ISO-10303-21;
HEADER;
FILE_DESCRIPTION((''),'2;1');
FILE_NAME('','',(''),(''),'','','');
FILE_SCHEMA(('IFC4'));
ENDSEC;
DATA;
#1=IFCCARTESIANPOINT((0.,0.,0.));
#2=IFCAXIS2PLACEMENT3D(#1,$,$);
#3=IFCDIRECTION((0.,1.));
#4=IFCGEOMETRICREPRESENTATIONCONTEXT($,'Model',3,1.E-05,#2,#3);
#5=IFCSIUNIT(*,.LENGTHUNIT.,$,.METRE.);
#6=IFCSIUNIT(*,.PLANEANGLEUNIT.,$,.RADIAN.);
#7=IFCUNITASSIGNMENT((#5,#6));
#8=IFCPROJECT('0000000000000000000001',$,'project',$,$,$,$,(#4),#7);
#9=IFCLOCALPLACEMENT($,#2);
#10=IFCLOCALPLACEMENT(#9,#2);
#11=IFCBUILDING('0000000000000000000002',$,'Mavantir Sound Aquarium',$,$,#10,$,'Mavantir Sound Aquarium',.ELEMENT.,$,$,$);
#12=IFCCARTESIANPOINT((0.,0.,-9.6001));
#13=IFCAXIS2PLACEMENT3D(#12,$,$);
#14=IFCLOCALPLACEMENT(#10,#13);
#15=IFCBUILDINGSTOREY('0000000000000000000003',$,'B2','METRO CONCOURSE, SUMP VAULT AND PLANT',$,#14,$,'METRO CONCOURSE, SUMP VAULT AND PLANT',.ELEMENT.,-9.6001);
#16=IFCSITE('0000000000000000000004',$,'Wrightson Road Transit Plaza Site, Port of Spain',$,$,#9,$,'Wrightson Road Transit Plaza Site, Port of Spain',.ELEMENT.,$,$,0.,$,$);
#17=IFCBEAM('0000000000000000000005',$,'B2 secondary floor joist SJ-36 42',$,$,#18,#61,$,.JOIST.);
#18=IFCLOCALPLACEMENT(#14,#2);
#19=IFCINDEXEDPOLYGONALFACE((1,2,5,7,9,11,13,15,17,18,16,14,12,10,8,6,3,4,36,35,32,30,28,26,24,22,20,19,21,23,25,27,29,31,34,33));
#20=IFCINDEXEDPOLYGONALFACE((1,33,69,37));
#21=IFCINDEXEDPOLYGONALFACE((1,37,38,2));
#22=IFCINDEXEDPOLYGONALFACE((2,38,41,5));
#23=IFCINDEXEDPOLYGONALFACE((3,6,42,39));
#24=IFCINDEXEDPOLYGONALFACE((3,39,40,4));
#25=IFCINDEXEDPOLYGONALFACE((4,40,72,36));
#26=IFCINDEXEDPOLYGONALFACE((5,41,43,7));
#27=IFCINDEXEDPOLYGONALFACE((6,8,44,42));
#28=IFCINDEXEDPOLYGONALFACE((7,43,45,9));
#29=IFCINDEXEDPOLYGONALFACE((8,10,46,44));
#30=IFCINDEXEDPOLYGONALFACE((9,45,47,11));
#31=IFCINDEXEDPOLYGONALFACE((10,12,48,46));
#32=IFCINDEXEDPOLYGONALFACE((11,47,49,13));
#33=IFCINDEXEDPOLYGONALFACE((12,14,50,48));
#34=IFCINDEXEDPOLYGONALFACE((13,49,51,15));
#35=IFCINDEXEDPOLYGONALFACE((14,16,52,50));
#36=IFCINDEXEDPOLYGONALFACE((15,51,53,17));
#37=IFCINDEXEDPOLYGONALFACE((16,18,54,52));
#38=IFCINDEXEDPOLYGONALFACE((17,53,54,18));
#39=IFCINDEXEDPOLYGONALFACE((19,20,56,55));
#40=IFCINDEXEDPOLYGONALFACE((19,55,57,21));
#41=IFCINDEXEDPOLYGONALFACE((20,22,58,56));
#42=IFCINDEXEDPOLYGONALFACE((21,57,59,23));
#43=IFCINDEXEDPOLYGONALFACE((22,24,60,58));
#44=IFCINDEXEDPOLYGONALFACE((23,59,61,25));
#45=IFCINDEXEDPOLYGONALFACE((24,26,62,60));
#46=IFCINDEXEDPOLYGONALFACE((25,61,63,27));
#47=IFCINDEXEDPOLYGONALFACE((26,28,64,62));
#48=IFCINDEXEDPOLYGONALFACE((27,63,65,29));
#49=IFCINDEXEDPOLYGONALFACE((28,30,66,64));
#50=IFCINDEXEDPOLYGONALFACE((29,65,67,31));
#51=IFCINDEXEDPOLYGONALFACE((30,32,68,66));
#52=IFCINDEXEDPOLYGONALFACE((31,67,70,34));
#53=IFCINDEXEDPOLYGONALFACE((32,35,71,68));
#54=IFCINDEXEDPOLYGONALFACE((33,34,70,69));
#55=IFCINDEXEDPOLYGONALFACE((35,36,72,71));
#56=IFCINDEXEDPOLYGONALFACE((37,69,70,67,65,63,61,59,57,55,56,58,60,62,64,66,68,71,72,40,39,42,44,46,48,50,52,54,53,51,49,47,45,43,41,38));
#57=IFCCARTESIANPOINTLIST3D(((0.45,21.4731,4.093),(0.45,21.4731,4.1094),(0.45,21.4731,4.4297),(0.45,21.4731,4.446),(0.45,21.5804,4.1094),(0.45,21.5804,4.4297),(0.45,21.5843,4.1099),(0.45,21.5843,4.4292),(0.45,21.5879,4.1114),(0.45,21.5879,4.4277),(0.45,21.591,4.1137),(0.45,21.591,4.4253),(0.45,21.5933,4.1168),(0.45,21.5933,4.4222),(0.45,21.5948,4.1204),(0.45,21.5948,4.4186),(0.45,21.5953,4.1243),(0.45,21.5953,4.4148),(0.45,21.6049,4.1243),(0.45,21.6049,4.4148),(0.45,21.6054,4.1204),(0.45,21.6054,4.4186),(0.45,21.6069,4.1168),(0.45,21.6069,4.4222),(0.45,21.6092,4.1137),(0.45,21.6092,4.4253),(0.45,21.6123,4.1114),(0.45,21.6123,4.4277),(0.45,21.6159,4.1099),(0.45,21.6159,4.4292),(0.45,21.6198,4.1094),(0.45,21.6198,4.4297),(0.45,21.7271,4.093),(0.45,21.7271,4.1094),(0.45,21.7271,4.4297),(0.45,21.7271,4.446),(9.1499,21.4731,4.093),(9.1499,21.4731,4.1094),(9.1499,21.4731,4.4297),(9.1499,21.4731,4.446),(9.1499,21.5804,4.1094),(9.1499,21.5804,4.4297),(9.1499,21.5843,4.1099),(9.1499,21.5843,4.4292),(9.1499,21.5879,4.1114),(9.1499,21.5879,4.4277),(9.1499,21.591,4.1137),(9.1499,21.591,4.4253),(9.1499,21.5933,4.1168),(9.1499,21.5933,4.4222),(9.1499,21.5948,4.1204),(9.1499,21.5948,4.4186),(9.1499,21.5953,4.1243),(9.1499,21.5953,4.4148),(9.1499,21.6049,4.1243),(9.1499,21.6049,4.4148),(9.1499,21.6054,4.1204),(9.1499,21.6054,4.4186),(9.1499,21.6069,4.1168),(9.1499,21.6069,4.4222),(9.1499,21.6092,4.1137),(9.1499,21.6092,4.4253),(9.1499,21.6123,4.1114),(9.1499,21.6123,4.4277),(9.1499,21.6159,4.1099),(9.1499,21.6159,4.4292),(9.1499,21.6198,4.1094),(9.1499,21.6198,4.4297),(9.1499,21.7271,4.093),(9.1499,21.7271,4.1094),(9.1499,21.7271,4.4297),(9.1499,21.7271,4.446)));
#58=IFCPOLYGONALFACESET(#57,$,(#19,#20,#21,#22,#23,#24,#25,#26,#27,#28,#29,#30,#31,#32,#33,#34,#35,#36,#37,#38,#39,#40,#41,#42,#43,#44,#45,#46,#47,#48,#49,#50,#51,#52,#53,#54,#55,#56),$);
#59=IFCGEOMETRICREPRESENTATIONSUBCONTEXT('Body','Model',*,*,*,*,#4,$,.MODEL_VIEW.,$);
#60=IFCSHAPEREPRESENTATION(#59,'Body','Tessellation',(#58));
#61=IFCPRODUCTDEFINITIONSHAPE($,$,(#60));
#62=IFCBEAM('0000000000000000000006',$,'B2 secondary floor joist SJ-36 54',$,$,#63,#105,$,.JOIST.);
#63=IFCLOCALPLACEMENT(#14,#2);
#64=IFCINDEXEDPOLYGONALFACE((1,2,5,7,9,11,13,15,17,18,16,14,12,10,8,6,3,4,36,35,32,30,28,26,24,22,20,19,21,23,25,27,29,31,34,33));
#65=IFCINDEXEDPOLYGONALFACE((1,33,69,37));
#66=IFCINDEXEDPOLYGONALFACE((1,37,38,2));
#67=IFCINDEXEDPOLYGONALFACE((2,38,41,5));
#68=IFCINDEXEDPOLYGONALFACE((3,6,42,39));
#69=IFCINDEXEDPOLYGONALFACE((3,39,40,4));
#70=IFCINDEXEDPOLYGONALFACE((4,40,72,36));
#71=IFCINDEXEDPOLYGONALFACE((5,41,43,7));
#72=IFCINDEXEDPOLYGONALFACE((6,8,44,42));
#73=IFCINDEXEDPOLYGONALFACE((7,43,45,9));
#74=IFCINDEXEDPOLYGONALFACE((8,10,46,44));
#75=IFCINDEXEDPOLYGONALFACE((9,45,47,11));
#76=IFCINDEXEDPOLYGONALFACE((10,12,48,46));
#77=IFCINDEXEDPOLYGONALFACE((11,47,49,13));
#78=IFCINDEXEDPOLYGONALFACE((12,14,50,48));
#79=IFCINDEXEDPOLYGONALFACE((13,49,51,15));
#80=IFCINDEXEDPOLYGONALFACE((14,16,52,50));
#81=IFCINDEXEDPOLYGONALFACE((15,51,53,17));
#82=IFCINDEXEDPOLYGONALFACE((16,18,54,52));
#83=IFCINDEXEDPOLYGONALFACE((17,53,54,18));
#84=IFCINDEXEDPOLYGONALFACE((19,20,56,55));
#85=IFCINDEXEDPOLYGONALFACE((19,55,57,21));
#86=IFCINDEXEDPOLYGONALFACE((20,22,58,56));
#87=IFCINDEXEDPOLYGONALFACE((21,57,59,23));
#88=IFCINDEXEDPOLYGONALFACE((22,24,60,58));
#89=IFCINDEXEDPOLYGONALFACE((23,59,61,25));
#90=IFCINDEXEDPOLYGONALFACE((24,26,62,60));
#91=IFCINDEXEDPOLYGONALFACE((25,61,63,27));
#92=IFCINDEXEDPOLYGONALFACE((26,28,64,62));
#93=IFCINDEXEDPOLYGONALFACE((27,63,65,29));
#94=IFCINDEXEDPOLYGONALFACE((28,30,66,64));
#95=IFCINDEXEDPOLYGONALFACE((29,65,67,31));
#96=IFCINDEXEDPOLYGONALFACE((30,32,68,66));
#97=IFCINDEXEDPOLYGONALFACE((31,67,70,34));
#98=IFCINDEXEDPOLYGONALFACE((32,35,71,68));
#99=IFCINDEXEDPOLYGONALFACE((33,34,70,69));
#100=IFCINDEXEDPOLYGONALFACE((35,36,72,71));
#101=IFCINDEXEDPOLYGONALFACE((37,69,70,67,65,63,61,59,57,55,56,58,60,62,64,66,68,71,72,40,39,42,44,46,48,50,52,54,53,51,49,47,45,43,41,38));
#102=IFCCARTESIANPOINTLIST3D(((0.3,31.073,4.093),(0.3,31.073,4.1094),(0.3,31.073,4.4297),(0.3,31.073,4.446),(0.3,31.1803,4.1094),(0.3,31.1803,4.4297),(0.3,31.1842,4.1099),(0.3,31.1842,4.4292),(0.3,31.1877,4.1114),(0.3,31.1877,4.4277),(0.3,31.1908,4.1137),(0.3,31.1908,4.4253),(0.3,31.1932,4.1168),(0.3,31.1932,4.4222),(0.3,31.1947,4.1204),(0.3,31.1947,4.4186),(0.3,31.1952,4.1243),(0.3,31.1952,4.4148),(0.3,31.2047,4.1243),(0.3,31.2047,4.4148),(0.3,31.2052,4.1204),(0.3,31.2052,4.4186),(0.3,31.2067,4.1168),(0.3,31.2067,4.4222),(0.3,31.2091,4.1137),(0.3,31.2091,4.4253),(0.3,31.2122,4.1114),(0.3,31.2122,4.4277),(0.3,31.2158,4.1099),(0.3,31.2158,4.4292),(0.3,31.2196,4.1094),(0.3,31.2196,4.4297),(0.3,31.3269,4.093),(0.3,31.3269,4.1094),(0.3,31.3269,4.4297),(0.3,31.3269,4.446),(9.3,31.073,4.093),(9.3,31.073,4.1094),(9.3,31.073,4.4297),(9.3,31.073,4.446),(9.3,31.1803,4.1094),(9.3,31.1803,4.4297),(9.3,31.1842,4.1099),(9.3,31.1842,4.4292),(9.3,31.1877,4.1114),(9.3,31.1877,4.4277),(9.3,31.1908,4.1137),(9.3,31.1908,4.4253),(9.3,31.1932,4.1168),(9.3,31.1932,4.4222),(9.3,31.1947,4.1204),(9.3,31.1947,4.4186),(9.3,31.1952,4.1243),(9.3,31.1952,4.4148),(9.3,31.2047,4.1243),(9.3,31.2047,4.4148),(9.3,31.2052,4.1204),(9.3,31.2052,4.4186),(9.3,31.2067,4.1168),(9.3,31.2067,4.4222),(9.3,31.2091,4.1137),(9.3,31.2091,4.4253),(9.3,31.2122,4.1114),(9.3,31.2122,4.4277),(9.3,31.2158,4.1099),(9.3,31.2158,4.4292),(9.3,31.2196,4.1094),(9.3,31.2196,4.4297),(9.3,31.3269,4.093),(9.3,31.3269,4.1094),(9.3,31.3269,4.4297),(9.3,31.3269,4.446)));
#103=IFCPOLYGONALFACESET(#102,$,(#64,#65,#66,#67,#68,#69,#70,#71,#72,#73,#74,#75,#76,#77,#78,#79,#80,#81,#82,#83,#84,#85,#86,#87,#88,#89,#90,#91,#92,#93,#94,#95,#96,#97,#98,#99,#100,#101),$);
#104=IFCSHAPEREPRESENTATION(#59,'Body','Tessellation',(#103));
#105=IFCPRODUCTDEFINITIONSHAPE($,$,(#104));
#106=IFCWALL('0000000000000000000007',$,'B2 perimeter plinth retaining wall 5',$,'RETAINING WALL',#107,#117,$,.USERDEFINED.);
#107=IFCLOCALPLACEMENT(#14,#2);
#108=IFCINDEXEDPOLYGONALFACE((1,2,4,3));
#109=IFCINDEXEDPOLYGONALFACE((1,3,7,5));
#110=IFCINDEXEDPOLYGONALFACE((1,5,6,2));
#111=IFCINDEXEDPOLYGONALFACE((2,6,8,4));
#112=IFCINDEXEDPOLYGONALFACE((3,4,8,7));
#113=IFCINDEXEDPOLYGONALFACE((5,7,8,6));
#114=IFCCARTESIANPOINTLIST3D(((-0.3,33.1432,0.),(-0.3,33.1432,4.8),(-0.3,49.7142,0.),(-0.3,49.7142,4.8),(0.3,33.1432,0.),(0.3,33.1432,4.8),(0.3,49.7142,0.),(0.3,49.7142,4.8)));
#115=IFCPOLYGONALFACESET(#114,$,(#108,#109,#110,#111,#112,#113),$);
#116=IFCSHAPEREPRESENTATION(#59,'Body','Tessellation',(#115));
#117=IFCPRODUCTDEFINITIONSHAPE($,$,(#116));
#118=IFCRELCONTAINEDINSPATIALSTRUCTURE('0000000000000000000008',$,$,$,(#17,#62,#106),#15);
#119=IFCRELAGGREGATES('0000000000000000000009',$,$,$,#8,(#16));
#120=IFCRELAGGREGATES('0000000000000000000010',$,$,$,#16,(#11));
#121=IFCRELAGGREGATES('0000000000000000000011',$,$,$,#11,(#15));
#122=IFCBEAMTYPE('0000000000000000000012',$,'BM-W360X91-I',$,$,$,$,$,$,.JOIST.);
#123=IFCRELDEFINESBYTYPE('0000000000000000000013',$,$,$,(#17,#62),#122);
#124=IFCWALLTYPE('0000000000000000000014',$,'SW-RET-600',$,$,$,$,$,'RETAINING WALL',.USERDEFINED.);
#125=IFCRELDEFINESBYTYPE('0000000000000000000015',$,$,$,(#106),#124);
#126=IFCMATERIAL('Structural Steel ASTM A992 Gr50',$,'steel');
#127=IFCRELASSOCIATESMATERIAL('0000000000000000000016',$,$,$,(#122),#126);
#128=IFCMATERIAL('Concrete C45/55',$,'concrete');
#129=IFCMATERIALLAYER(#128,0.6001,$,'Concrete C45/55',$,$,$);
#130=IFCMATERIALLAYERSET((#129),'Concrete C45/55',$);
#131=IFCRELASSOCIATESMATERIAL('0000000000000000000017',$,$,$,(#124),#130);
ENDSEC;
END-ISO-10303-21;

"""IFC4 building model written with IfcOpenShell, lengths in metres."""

from ifc_helpers import new_model, si_unit, direction, frame, frame_2d, origin, origin_2d, place, context, subcontext, project, spatial, rectangle, i_section, extrude, material, layer, layer_set, material_profile, profile_set, type_object, element, save


model = new_model("IFC4")

# Units and contexts
model_context = context("Model", 3, precision=1e-05, world=origin(), true_north=direction((0.0, 1.0)))
body_context = subcontext(model_context, "Body", "Model", "MODEL_VIEW")
ifc_project = project(units=[si_unit("LENGTHUNIT", "METRE"), si_unit("PLANEANGLEUNIT", "RADIAN")], contexts=[model_context])

# Site, building, storey
site_placement = place(None, origin())
site = spatial("IfcSite", under=ifc_project, at=site_placement, Name="Wrightson Road Transit Plaza Site, Port of Spain", LongName="Wrightson Road Transit Plaza Site, Port of Spain", CompositionType="ELEMENT", RefElevation=0.0)
building_placement = place(site_placement, origin())
building = spatial("IfcBuilding", under=site, at=building_placement, Name="Mavantir Sound Aquarium", LongName="Mavantir Sound Aquarium", CompositionType="ELEMENT")
storey_placement = place(building_placement, frame((0.0, 0.0, -9.6001)))
storey = spatial("IfcBuildingStorey", under=building, at=storey_placement, Name="B2", Description="METRO CONCOURSE, SUMP VAULT AND PLANT", LongName="METRO CONCOURSE, SUMP VAULT AND PLANT", CompositionType="ELEMENT", Elevation=-9.6001)

# Shared definitions
ifc_material_1 = material(Name="Concrete C45/55", Category="concrete")

# Beams
ifc_material_2 = material(Name="Structural Steel ASTM A992 Gr50", Category="steel")
ifc_material_profile_1 = material_profile(ifc_material_2, i_section(OverallWidth=0.2539, OverallDepth=0.353, WebThickness=0.0095, FlangeThickness=0.0164, FilletRadius=0.0149, at=origin_2d()), Name="W360X91")
ifc_profile_set_1 = profile_set([ifc_material_profile_1], Name="Structural Steel ASTM A992 Gr50")
beam_type_1 = type_object("IfcBeamType", Name="BM-W360X91-I", PredefinedType="JOIST", material=ifc_profile_set_1)
beam_1_placement = place(storey_placement, frame((0.45, 21.6001, 4.2695), z_axis=(1.0, 0.0, 0.0), x_axis=(0.0, 1.0, 0.0)))
element("IfcBeam", 1, at=beam_1_placement, inside=storey, type_object=beam_type_1, Name="B2 secondary floor joist SJ-36 42", PredefinedType="JOIST", context=body_context, shape_type="SweptSolid", body=[
    extrude(i_section(OverallWidth=0.2539, OverallDepth=0.353, WebThickness=0.0095, FlangeThickness=0.0164, FilletRadius=0.0149, at=origin_2d()), origin(), (0.0, 0.0, 1.0), 8.7),
])
beam_2_placement = place(storey_placement, frame((0.3, 31.2, 4.2695), z_axis=(1.0, 0.0, 0.0), x_axis=(0.0, 1.0, 0.0)))
element("IfcBeam", 2, at=beam_2_placement, inside=storey, type_object=beam_type_1, Name="B2 secondary floor joist SJ-36 54", PredefinedType="JOIST", context=body_context, shape_type="SweptSolid", body=[
    extrude(i_section(OverallWidth=0.2539, OverallDepth=0.353, WebThickness=0.0095, FlangeThickness=0.0164, FilletRadius=0.0149, at=origin_2d()), origin(), (0.0, 0.0, 1.0), 9.0),
])

# Wall
ifc_layer = layer(ifc_material_1, 0.6001, Name="Concrete C45/55")
ifc_layer_set = layer_set([ifc_layer], Name="Concrete C45/55")
wall_type = type_object("IfcWallType", Name="SW-RET-600", ElementType="RETAINING WALL", PredefinedType="USERDEFINED", material=ifc_layer_set)
wall_placement = place(storey_placement, frame((0.0, 33.1431, 0.0), z_axis=(0.0, 0.0, 1.0), x_axis=(0.0, 1.0, 0.0)))
element("IfcWall", 3, at=wall_placement, inside=storey, type_object=wall_type, Name="B2 perimeter plinth retaining wall 5", ObjectType="RETAINING WALL", PredefinedType="USERDEFINED", context=body_context, shape_type="SweptSolid", body=[
    extrude(rectangle(XDim=16.571, YDim=0.6001, at=frame_2d((8.2856, 0.0))), origin(), (0.0, 0.0, 1.0), 4.8),
])

save(model, "model.ifc")
